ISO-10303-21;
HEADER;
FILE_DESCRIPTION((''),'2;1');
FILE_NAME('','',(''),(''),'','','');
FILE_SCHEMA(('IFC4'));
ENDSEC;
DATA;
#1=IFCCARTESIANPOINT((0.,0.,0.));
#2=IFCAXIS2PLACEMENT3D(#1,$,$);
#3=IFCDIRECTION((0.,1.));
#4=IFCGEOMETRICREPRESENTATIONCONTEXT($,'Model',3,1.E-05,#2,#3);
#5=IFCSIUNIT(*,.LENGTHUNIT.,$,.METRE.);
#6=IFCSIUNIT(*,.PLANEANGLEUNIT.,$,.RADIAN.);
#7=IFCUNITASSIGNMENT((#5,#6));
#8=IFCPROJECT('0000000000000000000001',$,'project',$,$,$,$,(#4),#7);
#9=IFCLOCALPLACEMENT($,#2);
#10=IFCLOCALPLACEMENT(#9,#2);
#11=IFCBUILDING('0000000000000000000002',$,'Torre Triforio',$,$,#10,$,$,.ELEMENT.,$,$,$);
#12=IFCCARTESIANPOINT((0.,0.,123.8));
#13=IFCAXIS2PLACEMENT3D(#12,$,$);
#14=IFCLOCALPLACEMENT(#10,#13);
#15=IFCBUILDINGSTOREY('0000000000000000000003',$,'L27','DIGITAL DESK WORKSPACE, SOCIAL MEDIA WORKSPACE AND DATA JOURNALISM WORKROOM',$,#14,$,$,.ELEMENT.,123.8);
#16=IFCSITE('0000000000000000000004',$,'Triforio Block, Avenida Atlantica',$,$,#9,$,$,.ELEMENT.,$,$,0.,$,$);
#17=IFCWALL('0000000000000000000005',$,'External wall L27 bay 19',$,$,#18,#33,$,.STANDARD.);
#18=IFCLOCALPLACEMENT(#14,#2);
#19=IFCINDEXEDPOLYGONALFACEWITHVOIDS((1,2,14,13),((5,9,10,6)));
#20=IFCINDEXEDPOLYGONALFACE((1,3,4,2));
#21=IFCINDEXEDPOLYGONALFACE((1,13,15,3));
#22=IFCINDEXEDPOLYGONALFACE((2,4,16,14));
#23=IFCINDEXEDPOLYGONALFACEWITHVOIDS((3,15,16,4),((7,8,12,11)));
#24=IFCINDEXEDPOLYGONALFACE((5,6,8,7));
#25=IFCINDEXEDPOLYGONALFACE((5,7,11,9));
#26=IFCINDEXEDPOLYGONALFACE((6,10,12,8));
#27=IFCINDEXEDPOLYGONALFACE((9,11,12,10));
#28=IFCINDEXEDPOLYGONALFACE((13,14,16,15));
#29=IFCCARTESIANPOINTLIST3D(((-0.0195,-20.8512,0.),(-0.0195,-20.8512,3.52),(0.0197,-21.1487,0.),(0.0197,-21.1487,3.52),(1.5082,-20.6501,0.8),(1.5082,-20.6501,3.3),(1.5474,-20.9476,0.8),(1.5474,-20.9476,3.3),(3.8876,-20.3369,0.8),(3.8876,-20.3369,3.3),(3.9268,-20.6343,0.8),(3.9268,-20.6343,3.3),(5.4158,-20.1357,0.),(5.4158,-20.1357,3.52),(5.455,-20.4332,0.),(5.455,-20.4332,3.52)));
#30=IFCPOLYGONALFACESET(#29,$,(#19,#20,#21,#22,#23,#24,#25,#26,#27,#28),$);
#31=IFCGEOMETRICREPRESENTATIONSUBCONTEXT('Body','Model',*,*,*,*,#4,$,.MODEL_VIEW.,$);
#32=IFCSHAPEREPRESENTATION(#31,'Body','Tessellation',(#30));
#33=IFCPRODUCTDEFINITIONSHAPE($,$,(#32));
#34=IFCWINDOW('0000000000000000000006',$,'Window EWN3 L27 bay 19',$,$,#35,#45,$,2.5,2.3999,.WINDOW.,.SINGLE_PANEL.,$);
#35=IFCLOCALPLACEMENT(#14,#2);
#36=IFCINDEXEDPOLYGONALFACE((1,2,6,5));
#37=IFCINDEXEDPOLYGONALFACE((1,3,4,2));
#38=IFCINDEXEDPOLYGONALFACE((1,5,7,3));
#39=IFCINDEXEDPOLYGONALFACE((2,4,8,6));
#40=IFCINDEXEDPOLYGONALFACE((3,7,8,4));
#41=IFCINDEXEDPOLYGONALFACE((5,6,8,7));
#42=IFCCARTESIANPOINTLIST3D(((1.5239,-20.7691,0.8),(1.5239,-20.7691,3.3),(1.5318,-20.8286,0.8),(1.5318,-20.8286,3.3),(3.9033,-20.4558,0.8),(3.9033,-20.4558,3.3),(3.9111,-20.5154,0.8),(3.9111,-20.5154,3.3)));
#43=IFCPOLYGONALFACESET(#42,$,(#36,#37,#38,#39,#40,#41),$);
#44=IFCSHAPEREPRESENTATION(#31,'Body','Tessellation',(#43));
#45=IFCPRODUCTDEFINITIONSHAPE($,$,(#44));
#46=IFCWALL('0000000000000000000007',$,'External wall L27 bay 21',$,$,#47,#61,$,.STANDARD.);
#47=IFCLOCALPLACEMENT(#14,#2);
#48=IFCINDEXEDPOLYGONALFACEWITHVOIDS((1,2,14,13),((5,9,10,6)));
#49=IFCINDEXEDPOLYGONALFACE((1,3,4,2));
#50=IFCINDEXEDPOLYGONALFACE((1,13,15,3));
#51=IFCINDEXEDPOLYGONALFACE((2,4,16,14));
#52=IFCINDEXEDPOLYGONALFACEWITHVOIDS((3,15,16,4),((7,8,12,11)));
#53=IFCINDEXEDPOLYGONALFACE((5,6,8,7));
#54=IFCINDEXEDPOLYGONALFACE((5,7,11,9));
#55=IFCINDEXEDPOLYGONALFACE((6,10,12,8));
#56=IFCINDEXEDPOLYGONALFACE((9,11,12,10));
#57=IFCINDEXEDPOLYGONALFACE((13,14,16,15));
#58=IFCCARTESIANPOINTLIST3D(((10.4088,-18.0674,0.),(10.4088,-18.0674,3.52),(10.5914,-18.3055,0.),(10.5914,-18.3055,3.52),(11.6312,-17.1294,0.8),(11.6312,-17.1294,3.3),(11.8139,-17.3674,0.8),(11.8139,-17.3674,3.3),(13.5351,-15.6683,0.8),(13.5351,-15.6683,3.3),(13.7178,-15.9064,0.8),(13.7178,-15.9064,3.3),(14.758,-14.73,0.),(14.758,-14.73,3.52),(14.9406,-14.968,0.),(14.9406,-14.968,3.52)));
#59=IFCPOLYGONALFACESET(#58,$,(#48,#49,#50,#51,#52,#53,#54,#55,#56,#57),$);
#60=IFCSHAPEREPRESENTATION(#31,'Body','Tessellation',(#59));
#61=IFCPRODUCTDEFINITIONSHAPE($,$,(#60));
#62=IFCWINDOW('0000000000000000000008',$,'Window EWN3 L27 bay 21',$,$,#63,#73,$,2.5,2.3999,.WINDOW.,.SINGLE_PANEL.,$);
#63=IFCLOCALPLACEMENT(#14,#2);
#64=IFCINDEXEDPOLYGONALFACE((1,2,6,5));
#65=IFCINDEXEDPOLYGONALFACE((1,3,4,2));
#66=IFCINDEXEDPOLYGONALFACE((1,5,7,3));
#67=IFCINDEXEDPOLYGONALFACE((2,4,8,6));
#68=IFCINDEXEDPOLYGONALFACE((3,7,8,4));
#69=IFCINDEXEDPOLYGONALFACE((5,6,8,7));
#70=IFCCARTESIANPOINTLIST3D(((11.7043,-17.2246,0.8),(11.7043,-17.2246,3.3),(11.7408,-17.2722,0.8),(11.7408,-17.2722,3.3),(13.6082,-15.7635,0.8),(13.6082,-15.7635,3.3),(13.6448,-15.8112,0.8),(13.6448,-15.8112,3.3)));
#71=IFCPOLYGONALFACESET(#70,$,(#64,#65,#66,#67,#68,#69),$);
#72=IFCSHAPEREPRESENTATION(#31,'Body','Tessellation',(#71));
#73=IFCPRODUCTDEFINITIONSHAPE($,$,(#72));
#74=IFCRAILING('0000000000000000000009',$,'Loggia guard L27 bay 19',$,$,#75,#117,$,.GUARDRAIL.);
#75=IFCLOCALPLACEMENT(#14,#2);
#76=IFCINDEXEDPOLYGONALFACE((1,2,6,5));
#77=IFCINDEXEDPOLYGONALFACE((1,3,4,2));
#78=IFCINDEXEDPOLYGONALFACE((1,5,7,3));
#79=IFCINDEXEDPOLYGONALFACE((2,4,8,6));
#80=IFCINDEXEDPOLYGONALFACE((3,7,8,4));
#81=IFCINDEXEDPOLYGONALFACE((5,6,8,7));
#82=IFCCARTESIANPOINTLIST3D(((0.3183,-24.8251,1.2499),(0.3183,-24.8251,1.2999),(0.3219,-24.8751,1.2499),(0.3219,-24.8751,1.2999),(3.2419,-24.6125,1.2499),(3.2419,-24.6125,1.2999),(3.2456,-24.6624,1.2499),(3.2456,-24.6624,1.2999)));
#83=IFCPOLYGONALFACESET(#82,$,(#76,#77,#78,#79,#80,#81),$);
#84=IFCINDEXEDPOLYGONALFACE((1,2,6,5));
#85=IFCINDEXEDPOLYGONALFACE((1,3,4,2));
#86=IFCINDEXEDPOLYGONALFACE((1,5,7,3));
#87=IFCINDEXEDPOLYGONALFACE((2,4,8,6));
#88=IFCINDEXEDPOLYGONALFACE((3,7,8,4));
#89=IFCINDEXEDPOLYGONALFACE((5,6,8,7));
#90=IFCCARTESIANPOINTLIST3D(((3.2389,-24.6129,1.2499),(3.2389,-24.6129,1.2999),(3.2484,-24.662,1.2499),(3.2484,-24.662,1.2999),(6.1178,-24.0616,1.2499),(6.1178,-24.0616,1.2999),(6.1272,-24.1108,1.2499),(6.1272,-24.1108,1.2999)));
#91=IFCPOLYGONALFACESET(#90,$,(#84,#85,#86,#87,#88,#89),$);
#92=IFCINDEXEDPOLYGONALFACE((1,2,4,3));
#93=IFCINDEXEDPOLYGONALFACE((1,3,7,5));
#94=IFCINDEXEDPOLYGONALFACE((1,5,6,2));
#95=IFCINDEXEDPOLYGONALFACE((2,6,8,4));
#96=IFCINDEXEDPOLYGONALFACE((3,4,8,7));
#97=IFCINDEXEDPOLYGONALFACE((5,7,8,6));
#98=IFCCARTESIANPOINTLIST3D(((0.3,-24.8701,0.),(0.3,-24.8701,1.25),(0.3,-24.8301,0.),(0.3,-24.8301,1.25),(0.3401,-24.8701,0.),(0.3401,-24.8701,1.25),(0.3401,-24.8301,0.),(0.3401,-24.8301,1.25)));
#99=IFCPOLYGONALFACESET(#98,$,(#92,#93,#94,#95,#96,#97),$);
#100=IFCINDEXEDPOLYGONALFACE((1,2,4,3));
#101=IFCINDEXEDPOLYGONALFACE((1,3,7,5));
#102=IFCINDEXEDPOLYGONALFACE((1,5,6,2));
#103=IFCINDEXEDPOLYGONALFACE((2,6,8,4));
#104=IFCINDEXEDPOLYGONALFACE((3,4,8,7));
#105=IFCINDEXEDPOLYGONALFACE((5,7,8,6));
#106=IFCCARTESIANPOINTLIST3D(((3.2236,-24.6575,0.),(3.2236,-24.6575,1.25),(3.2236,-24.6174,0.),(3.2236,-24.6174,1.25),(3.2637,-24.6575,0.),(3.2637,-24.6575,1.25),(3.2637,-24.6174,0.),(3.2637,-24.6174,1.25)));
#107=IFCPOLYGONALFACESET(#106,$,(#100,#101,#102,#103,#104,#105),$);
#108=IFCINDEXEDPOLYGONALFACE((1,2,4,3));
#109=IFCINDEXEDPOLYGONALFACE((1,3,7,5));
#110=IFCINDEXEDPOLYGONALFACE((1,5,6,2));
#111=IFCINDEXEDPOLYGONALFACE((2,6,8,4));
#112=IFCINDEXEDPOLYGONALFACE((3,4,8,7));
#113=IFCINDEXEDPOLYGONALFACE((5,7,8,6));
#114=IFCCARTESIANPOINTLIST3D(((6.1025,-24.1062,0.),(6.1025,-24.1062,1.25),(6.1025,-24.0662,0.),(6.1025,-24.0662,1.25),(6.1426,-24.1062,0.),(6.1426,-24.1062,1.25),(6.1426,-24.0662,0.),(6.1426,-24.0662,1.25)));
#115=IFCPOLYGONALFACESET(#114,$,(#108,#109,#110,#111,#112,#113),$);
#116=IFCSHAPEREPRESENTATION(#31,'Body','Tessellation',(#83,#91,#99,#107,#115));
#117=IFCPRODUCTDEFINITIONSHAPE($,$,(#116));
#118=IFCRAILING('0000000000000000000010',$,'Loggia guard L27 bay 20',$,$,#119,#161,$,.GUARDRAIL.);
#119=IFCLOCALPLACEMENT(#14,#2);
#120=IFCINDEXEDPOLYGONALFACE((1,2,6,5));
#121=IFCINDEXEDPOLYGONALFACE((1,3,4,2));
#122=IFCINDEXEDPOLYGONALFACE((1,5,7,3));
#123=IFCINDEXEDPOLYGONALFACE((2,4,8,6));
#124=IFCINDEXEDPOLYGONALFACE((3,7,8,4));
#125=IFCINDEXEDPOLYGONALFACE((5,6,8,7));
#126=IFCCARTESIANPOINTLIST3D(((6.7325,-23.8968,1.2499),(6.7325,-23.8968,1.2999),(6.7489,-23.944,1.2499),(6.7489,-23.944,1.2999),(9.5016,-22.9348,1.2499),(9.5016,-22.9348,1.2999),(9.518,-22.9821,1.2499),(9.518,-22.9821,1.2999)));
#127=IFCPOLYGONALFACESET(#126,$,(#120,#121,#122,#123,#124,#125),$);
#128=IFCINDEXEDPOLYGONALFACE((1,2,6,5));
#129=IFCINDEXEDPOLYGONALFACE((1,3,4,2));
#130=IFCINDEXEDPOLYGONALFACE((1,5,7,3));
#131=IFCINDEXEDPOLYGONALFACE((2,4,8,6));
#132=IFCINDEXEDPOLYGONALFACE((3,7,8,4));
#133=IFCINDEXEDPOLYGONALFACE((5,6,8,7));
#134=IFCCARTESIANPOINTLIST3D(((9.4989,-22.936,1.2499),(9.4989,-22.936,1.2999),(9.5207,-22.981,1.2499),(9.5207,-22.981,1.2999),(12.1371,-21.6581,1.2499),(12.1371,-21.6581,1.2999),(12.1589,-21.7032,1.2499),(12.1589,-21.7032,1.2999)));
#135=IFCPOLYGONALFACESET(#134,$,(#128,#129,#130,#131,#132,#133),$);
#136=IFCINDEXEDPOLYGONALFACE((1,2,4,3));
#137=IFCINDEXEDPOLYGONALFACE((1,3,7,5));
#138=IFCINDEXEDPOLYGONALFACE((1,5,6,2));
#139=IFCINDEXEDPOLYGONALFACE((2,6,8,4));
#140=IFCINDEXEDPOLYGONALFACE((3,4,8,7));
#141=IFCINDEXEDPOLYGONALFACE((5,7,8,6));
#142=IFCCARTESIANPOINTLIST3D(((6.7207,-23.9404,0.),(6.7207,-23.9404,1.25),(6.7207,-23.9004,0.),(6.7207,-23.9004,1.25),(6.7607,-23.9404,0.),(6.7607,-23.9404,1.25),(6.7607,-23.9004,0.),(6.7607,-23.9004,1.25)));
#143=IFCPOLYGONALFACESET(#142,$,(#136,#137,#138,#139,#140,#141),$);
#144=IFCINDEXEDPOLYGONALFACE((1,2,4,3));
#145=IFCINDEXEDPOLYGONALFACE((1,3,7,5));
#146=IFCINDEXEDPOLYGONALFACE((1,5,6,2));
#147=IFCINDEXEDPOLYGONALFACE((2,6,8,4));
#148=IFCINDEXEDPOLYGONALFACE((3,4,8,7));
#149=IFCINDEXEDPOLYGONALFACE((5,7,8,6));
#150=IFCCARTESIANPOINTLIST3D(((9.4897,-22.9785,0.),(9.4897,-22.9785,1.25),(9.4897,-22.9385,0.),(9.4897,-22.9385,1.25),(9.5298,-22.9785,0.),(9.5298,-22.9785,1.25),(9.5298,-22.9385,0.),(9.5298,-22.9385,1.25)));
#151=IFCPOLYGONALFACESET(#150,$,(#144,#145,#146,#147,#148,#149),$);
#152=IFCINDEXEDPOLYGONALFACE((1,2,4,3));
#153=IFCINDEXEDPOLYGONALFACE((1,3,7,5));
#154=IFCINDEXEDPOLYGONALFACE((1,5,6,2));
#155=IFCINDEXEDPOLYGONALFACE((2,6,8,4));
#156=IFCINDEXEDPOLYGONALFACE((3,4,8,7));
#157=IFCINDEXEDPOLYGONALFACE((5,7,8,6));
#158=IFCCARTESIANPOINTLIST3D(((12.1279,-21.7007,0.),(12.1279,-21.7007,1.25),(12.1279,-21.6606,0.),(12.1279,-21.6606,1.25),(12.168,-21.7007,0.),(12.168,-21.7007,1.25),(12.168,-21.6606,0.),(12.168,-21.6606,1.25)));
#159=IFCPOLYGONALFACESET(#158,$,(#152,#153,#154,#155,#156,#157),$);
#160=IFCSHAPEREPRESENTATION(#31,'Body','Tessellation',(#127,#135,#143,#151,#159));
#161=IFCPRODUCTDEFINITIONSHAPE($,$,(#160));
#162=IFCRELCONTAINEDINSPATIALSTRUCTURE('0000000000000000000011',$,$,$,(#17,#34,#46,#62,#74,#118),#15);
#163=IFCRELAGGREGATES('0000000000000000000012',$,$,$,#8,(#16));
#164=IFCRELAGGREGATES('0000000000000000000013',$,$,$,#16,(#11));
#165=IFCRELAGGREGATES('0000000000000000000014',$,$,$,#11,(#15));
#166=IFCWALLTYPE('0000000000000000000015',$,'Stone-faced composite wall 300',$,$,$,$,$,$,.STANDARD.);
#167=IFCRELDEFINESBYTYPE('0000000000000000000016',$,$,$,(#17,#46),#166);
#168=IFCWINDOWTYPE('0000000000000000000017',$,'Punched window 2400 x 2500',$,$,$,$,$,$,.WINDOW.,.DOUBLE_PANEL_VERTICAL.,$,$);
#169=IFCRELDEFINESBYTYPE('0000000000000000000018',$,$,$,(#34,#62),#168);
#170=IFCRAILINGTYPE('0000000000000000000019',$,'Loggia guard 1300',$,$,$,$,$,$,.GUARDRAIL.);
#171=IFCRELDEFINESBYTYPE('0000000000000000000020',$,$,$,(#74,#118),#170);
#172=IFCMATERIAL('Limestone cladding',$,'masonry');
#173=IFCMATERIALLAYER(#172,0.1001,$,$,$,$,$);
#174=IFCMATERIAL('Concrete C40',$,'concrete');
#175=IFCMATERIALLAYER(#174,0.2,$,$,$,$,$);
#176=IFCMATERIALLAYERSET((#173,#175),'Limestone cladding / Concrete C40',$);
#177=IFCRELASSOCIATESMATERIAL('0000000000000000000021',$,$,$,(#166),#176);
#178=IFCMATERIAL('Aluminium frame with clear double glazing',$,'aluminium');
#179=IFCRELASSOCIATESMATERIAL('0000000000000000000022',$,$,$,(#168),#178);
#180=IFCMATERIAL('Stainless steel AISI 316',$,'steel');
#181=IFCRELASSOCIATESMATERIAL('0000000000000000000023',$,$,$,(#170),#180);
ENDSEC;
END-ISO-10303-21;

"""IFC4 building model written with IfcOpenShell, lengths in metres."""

from ifc_helpers import new_model, si_unit, direction, frame, frame_2d, origin, origin_2d, place, context, subcontext, project, spatial, rectangle, extrude, material, layer, layer_set, type_object, element, fill, save


model = new_model("IFC4")

# Units and contexts
model_context = context("Model", 3, precision=1e-05, world=origin(), true_north=direction((0.0, 1.0)))
body_context = subcontext(model_context, "Body", "Model", "MODEL_VIEW")
ifc_project = project(units=[si_unit("LENGTHUNIT", "METRE"), si_unit("PLANEANGLEUNIT", "RADIAN")], contexts=[model_context])

# Site, building, storey
site_placement = place(None, origin())
site = spatial("IfcSite", under=ifc_project, at=site_placement, Name="Triforio Block, Avenida Atlantica", CompositionType="ELEMENT", RefElevation=0.0)
building_placement = place(site_placement, origin())
building = spatial("IfcBuilding", under=site, at=building_placement, Name="Torre Triforio", CompositionType="ELEMENT")
storey_placement = place(building_placement, frame((0.0, 0.0, 123.8)))
storey = spatial("IfcBuildingStorey", under=building, at=storey_placement, Name="L27", Description="DIGITAL DESK WORKSPACE, SOCIAL MEDIA WORKSPACE AND DATA JOURNALISM WORKROOM", CompositionType="ELEMENT", Elevation=123.8)

# Wall, opening, window
ifc_material_1 = material(Name="Limestone cladding", Category="masonry")
ifc_layer_1 = layer(ifc_material_1, 0.1001)
ifc_material_2 = material(Name="Concrete C40", Category="concrete")
ifc_layer_2 = layer(ifc_material_2, 0.2)
ifc_layer_set_1 = layer_set([ifc_layer_1, ifc_layer_2], Name="Limestone cladding / Concrete C40")
wall_type_1 = type_object("IfcWallType", Name="Stone-faced composite wall 300", PredefinedType="STANDARD", material=ifc_layer_set_1)
wall_1_placement = place(storey_placement, frame((0.0, -21.0, 0.0), z_axis=(0.0, 0.0, 1.0), x_axis=(0.991445, 0.130527, 0.0)))
wall_1 = element("IfcWall", 1, at=wall_1_placement, inside=storey, type_object=wall_type_1, Name="External wall L27 bay 19", PredefinedType="STANDARD", context=body_context, shape_type="SweptSolid", body=[
    extrude(rectangle(XDim=5.4822, YDim=0.3, at=frame_2d((2.7412, 0.0))), origin(), (0.0, 0.0, 1.0), 3.52),
])
opening_1_placement = place(wall_1_placement, frame((1.541, 0.0, 0.8)))
opening_1 = element("IfcOpeningElement", 2, at=opening_1_placement, cuts=wall_1, PredefinedType="OPENING", context=body_context, shape_type="SweptSolid", body=[
    extrude(rectangle(XDim=2.3999, YDim=2.5, at=frame_2d((1.2, 1.25))), frame((0.0, 0.1599, 0.0), z_axis=(0.0, -1.0, 0.0), x_axis=(1.0, 0.0, 0.0)), (0.0, 0.0, 1.0), 0.3201),
])
ifc_material_3 = material(Name="Aluminium frame with clear double glazing", Category="aluminium")
window_type_1 = type_object("IfcWindowType", Name="Punched window 2400 x 2500", PartitioningType="DOUBLE_PANEL_VERTICAL", PredefinedType="WINDOW", material=ifc_material_3)
window_1_placement = place(opening_1_placement, origin())
window_1 = element("IfcWindow", 3, at=window_1_placement, inside=storey, type_object=window_type_1, Name="Window EWN3 L27 bay 19", OverallHeight=2.5, OverallWidth=2.3999, PartitioningType="SINGLE_PANEL", PredefinedType="WINDOW", context=body_context, shape_type="SweptSolid", body=[
    extrude(rectangle(XDim=2.3999, YDim=2.5, at=frame_2d((1.2, 1.25))), frame((0.0, 0.03, 0.0), z_axis=(0.0, -1.0, 0.0), x_axis=(1.0, 0.0, 0.0)), (0.0, 0.0, 1.0), 0.0601),
])
fill(opening_1, window_1)

# Wall, opening, window
wall_2_placement = place(storey_placement, frame((10.5, -18.1865, 0.0), z_axis=(0.0, 0.0, 1.0), x_axis=(0.793335, 0.608785, 0.0)))
wall_2 = element("IfcWall", 4, at=wall_2_placement, inside=storey, type_object=wall_type_1, Name="External wall L27 bay 21", PredefinedType="STANDARD", context=body_context, shape_type="SweptSolid", body=[
    extrude(rectangle(XDim=5.4822, YDim=0.3, at=frame_2d((2.7412, 0.0))), origin(), (0.0, 0.0, 1.0), 3.52),
])
opening_2_placement = place(wall_2_placement, frame((1.541, 0.0, 0.8)))
opening_2 = element("IfcOpeningElement", 5, at=opening_2_placement, cuts=wall_2, PredefinedType="OPENING", context=body_context, shape_type="SweptSolid", body=[
    extrude(rectangle(XDim=2.3999, YDim=2.5, at=frame_2d((1.2, 1.25))), frame((0.0, 0.1599, 0.0), z_axis=(0.0, -1.0, 0.0), x_axis=(1.0, 0.0, 0.0)), (0.0, 0.0, 1.0), 0.3201),
])
window_2_placement = place(opening_2_placement, origin())
window_2 = element("IfcWindow", 6, at=window_2_placement, inside=storey, type_object=window_type_1, Name="Window EWN3 L27 bay 21", OverallHeight=2.5, OverallWidth=2.3999, PartitioningType="SINGLE_PANEL", PredefinedType="WINDOW", context=body_context, shape_type="SweptSolid", body=[
    extrude(rectangle(XDim=2.3999, YDim=2.5, at=frame_2d((1.2, 1.25))), frame((0.0, 0.03, 0.0), z_axis=(0.0, -1.0, 0.0), x_axis=(1.0, 0.0, 0.0)), (0.0, 0.0, 1.0), 0.0601),
])
fill(opening_2, window_2)

# Railings
ifc_material_4 = material(Name="Stainless steel AISI 316", Category="steel")
railing_type = type_object("IfcRailingType", Name="Loggia guard 1300", PredefinedType="GUARDRAIL", material=ifc_material_4)
railing_1_placement = place(storey_placement, frame((0.3201, -24.8501, 0.0)))
element("IfcRailing", 7, at=railing_1_placement, inside=storey, type_object=railing_type, Name="Loggia guard L27 bay 19", PredefinedType="GUARDRAIL", context=body_context, shape_type="SweptSolid", body=[
    extrude(rectangle(XDim=0.05, YDim=0.05, at=origin_2d()), frame((0.0, 0.0, 1.2749), z_axis=(0.997365, 0.072543, 0.0), x_axis=(-0.072543, 0.997365, 0.0)), (0.0, 0.0, 1.0), 2.9314),
    extrude(rectangle(XDim=0.05, YDim=0.05, at=origin_2d()), frame((2.9236, 0.2126, 1.2749), z_axis=(0.982156, 0.188069, 0.0), x_axis=(-0.188069, 0.982156, 0.0)), (0.0, 0.0, 1.0), 2.9312),
    extrude(rectangle(XDim=0.04, YDim=0.04, at=origin_2d()), origin(), (0.0, 0.0, 1.0), 1.25),
    extrude(rectangle(XDim=0.04, YDim=0.04, at=origin_2d()), frame((2.9236, 0.2126, 0.0)), (0.0, 0.0, 1.0), 1.25),
    extrude(rectangle(XDim=0.04, YDim=0.04, at=origin_2d()), frame((5.8025, 0.7639, 0.0)), (0.0, 0.0, 1.0), 1.25),
])
railing_2_placement = place(storey_placement, frame((6.7407, -23.9204, 0.0)))
element("IfcRailing", 8, at=railing_2_placement, inside=storey, type_object=railing_type, Name="Loggia guard L27 bay 20", PredefinedType="GUARDRAIL", context=body_context, shape_type="SweptSolid", body=[
    extrude(rectangle(XDim=0.05, YDim=0.05, at=origin_2d()), frame((0.0, 0.0, 1.2749), z_axis=(0.944627, 0.328146, 0.0), x_axis=(-0.328146, 0.944627, 0.0)), (0.0, 0.0, 1.0), 2.9314),
    extrude(rectangle(XDim=0.05, YDim=0.05, at=origin_2d()), frame((2.769, 0.9619, 1.2749), z_axis=(0.899986, 0.435918, 0.0), x_axis=(-0.435918, 0.899986, 0.0)), (0.0, 0.0, 1.0), 2.9314),
    extrude(rectangle(XDim=0.04, YDim=0.04, at=origin_2d()), origin(), (0.0, 0.0, 1.0), 1.25),
    extrude(rectangle(XDim=0.04, YDim=0.04, at=origin_2d()), frame((2.769, 0.9619, 0.0)), (0.0, 0.0, 1.0), 1.25),
    extrude(rectangle(XDim=0.04, YDim=0.04, at=origin_2d()), frame((5.4072, 2.2397, 0.0)), (0.0, 0.0, 1.0), 1.25),
])

save(model, "model.ifc")
